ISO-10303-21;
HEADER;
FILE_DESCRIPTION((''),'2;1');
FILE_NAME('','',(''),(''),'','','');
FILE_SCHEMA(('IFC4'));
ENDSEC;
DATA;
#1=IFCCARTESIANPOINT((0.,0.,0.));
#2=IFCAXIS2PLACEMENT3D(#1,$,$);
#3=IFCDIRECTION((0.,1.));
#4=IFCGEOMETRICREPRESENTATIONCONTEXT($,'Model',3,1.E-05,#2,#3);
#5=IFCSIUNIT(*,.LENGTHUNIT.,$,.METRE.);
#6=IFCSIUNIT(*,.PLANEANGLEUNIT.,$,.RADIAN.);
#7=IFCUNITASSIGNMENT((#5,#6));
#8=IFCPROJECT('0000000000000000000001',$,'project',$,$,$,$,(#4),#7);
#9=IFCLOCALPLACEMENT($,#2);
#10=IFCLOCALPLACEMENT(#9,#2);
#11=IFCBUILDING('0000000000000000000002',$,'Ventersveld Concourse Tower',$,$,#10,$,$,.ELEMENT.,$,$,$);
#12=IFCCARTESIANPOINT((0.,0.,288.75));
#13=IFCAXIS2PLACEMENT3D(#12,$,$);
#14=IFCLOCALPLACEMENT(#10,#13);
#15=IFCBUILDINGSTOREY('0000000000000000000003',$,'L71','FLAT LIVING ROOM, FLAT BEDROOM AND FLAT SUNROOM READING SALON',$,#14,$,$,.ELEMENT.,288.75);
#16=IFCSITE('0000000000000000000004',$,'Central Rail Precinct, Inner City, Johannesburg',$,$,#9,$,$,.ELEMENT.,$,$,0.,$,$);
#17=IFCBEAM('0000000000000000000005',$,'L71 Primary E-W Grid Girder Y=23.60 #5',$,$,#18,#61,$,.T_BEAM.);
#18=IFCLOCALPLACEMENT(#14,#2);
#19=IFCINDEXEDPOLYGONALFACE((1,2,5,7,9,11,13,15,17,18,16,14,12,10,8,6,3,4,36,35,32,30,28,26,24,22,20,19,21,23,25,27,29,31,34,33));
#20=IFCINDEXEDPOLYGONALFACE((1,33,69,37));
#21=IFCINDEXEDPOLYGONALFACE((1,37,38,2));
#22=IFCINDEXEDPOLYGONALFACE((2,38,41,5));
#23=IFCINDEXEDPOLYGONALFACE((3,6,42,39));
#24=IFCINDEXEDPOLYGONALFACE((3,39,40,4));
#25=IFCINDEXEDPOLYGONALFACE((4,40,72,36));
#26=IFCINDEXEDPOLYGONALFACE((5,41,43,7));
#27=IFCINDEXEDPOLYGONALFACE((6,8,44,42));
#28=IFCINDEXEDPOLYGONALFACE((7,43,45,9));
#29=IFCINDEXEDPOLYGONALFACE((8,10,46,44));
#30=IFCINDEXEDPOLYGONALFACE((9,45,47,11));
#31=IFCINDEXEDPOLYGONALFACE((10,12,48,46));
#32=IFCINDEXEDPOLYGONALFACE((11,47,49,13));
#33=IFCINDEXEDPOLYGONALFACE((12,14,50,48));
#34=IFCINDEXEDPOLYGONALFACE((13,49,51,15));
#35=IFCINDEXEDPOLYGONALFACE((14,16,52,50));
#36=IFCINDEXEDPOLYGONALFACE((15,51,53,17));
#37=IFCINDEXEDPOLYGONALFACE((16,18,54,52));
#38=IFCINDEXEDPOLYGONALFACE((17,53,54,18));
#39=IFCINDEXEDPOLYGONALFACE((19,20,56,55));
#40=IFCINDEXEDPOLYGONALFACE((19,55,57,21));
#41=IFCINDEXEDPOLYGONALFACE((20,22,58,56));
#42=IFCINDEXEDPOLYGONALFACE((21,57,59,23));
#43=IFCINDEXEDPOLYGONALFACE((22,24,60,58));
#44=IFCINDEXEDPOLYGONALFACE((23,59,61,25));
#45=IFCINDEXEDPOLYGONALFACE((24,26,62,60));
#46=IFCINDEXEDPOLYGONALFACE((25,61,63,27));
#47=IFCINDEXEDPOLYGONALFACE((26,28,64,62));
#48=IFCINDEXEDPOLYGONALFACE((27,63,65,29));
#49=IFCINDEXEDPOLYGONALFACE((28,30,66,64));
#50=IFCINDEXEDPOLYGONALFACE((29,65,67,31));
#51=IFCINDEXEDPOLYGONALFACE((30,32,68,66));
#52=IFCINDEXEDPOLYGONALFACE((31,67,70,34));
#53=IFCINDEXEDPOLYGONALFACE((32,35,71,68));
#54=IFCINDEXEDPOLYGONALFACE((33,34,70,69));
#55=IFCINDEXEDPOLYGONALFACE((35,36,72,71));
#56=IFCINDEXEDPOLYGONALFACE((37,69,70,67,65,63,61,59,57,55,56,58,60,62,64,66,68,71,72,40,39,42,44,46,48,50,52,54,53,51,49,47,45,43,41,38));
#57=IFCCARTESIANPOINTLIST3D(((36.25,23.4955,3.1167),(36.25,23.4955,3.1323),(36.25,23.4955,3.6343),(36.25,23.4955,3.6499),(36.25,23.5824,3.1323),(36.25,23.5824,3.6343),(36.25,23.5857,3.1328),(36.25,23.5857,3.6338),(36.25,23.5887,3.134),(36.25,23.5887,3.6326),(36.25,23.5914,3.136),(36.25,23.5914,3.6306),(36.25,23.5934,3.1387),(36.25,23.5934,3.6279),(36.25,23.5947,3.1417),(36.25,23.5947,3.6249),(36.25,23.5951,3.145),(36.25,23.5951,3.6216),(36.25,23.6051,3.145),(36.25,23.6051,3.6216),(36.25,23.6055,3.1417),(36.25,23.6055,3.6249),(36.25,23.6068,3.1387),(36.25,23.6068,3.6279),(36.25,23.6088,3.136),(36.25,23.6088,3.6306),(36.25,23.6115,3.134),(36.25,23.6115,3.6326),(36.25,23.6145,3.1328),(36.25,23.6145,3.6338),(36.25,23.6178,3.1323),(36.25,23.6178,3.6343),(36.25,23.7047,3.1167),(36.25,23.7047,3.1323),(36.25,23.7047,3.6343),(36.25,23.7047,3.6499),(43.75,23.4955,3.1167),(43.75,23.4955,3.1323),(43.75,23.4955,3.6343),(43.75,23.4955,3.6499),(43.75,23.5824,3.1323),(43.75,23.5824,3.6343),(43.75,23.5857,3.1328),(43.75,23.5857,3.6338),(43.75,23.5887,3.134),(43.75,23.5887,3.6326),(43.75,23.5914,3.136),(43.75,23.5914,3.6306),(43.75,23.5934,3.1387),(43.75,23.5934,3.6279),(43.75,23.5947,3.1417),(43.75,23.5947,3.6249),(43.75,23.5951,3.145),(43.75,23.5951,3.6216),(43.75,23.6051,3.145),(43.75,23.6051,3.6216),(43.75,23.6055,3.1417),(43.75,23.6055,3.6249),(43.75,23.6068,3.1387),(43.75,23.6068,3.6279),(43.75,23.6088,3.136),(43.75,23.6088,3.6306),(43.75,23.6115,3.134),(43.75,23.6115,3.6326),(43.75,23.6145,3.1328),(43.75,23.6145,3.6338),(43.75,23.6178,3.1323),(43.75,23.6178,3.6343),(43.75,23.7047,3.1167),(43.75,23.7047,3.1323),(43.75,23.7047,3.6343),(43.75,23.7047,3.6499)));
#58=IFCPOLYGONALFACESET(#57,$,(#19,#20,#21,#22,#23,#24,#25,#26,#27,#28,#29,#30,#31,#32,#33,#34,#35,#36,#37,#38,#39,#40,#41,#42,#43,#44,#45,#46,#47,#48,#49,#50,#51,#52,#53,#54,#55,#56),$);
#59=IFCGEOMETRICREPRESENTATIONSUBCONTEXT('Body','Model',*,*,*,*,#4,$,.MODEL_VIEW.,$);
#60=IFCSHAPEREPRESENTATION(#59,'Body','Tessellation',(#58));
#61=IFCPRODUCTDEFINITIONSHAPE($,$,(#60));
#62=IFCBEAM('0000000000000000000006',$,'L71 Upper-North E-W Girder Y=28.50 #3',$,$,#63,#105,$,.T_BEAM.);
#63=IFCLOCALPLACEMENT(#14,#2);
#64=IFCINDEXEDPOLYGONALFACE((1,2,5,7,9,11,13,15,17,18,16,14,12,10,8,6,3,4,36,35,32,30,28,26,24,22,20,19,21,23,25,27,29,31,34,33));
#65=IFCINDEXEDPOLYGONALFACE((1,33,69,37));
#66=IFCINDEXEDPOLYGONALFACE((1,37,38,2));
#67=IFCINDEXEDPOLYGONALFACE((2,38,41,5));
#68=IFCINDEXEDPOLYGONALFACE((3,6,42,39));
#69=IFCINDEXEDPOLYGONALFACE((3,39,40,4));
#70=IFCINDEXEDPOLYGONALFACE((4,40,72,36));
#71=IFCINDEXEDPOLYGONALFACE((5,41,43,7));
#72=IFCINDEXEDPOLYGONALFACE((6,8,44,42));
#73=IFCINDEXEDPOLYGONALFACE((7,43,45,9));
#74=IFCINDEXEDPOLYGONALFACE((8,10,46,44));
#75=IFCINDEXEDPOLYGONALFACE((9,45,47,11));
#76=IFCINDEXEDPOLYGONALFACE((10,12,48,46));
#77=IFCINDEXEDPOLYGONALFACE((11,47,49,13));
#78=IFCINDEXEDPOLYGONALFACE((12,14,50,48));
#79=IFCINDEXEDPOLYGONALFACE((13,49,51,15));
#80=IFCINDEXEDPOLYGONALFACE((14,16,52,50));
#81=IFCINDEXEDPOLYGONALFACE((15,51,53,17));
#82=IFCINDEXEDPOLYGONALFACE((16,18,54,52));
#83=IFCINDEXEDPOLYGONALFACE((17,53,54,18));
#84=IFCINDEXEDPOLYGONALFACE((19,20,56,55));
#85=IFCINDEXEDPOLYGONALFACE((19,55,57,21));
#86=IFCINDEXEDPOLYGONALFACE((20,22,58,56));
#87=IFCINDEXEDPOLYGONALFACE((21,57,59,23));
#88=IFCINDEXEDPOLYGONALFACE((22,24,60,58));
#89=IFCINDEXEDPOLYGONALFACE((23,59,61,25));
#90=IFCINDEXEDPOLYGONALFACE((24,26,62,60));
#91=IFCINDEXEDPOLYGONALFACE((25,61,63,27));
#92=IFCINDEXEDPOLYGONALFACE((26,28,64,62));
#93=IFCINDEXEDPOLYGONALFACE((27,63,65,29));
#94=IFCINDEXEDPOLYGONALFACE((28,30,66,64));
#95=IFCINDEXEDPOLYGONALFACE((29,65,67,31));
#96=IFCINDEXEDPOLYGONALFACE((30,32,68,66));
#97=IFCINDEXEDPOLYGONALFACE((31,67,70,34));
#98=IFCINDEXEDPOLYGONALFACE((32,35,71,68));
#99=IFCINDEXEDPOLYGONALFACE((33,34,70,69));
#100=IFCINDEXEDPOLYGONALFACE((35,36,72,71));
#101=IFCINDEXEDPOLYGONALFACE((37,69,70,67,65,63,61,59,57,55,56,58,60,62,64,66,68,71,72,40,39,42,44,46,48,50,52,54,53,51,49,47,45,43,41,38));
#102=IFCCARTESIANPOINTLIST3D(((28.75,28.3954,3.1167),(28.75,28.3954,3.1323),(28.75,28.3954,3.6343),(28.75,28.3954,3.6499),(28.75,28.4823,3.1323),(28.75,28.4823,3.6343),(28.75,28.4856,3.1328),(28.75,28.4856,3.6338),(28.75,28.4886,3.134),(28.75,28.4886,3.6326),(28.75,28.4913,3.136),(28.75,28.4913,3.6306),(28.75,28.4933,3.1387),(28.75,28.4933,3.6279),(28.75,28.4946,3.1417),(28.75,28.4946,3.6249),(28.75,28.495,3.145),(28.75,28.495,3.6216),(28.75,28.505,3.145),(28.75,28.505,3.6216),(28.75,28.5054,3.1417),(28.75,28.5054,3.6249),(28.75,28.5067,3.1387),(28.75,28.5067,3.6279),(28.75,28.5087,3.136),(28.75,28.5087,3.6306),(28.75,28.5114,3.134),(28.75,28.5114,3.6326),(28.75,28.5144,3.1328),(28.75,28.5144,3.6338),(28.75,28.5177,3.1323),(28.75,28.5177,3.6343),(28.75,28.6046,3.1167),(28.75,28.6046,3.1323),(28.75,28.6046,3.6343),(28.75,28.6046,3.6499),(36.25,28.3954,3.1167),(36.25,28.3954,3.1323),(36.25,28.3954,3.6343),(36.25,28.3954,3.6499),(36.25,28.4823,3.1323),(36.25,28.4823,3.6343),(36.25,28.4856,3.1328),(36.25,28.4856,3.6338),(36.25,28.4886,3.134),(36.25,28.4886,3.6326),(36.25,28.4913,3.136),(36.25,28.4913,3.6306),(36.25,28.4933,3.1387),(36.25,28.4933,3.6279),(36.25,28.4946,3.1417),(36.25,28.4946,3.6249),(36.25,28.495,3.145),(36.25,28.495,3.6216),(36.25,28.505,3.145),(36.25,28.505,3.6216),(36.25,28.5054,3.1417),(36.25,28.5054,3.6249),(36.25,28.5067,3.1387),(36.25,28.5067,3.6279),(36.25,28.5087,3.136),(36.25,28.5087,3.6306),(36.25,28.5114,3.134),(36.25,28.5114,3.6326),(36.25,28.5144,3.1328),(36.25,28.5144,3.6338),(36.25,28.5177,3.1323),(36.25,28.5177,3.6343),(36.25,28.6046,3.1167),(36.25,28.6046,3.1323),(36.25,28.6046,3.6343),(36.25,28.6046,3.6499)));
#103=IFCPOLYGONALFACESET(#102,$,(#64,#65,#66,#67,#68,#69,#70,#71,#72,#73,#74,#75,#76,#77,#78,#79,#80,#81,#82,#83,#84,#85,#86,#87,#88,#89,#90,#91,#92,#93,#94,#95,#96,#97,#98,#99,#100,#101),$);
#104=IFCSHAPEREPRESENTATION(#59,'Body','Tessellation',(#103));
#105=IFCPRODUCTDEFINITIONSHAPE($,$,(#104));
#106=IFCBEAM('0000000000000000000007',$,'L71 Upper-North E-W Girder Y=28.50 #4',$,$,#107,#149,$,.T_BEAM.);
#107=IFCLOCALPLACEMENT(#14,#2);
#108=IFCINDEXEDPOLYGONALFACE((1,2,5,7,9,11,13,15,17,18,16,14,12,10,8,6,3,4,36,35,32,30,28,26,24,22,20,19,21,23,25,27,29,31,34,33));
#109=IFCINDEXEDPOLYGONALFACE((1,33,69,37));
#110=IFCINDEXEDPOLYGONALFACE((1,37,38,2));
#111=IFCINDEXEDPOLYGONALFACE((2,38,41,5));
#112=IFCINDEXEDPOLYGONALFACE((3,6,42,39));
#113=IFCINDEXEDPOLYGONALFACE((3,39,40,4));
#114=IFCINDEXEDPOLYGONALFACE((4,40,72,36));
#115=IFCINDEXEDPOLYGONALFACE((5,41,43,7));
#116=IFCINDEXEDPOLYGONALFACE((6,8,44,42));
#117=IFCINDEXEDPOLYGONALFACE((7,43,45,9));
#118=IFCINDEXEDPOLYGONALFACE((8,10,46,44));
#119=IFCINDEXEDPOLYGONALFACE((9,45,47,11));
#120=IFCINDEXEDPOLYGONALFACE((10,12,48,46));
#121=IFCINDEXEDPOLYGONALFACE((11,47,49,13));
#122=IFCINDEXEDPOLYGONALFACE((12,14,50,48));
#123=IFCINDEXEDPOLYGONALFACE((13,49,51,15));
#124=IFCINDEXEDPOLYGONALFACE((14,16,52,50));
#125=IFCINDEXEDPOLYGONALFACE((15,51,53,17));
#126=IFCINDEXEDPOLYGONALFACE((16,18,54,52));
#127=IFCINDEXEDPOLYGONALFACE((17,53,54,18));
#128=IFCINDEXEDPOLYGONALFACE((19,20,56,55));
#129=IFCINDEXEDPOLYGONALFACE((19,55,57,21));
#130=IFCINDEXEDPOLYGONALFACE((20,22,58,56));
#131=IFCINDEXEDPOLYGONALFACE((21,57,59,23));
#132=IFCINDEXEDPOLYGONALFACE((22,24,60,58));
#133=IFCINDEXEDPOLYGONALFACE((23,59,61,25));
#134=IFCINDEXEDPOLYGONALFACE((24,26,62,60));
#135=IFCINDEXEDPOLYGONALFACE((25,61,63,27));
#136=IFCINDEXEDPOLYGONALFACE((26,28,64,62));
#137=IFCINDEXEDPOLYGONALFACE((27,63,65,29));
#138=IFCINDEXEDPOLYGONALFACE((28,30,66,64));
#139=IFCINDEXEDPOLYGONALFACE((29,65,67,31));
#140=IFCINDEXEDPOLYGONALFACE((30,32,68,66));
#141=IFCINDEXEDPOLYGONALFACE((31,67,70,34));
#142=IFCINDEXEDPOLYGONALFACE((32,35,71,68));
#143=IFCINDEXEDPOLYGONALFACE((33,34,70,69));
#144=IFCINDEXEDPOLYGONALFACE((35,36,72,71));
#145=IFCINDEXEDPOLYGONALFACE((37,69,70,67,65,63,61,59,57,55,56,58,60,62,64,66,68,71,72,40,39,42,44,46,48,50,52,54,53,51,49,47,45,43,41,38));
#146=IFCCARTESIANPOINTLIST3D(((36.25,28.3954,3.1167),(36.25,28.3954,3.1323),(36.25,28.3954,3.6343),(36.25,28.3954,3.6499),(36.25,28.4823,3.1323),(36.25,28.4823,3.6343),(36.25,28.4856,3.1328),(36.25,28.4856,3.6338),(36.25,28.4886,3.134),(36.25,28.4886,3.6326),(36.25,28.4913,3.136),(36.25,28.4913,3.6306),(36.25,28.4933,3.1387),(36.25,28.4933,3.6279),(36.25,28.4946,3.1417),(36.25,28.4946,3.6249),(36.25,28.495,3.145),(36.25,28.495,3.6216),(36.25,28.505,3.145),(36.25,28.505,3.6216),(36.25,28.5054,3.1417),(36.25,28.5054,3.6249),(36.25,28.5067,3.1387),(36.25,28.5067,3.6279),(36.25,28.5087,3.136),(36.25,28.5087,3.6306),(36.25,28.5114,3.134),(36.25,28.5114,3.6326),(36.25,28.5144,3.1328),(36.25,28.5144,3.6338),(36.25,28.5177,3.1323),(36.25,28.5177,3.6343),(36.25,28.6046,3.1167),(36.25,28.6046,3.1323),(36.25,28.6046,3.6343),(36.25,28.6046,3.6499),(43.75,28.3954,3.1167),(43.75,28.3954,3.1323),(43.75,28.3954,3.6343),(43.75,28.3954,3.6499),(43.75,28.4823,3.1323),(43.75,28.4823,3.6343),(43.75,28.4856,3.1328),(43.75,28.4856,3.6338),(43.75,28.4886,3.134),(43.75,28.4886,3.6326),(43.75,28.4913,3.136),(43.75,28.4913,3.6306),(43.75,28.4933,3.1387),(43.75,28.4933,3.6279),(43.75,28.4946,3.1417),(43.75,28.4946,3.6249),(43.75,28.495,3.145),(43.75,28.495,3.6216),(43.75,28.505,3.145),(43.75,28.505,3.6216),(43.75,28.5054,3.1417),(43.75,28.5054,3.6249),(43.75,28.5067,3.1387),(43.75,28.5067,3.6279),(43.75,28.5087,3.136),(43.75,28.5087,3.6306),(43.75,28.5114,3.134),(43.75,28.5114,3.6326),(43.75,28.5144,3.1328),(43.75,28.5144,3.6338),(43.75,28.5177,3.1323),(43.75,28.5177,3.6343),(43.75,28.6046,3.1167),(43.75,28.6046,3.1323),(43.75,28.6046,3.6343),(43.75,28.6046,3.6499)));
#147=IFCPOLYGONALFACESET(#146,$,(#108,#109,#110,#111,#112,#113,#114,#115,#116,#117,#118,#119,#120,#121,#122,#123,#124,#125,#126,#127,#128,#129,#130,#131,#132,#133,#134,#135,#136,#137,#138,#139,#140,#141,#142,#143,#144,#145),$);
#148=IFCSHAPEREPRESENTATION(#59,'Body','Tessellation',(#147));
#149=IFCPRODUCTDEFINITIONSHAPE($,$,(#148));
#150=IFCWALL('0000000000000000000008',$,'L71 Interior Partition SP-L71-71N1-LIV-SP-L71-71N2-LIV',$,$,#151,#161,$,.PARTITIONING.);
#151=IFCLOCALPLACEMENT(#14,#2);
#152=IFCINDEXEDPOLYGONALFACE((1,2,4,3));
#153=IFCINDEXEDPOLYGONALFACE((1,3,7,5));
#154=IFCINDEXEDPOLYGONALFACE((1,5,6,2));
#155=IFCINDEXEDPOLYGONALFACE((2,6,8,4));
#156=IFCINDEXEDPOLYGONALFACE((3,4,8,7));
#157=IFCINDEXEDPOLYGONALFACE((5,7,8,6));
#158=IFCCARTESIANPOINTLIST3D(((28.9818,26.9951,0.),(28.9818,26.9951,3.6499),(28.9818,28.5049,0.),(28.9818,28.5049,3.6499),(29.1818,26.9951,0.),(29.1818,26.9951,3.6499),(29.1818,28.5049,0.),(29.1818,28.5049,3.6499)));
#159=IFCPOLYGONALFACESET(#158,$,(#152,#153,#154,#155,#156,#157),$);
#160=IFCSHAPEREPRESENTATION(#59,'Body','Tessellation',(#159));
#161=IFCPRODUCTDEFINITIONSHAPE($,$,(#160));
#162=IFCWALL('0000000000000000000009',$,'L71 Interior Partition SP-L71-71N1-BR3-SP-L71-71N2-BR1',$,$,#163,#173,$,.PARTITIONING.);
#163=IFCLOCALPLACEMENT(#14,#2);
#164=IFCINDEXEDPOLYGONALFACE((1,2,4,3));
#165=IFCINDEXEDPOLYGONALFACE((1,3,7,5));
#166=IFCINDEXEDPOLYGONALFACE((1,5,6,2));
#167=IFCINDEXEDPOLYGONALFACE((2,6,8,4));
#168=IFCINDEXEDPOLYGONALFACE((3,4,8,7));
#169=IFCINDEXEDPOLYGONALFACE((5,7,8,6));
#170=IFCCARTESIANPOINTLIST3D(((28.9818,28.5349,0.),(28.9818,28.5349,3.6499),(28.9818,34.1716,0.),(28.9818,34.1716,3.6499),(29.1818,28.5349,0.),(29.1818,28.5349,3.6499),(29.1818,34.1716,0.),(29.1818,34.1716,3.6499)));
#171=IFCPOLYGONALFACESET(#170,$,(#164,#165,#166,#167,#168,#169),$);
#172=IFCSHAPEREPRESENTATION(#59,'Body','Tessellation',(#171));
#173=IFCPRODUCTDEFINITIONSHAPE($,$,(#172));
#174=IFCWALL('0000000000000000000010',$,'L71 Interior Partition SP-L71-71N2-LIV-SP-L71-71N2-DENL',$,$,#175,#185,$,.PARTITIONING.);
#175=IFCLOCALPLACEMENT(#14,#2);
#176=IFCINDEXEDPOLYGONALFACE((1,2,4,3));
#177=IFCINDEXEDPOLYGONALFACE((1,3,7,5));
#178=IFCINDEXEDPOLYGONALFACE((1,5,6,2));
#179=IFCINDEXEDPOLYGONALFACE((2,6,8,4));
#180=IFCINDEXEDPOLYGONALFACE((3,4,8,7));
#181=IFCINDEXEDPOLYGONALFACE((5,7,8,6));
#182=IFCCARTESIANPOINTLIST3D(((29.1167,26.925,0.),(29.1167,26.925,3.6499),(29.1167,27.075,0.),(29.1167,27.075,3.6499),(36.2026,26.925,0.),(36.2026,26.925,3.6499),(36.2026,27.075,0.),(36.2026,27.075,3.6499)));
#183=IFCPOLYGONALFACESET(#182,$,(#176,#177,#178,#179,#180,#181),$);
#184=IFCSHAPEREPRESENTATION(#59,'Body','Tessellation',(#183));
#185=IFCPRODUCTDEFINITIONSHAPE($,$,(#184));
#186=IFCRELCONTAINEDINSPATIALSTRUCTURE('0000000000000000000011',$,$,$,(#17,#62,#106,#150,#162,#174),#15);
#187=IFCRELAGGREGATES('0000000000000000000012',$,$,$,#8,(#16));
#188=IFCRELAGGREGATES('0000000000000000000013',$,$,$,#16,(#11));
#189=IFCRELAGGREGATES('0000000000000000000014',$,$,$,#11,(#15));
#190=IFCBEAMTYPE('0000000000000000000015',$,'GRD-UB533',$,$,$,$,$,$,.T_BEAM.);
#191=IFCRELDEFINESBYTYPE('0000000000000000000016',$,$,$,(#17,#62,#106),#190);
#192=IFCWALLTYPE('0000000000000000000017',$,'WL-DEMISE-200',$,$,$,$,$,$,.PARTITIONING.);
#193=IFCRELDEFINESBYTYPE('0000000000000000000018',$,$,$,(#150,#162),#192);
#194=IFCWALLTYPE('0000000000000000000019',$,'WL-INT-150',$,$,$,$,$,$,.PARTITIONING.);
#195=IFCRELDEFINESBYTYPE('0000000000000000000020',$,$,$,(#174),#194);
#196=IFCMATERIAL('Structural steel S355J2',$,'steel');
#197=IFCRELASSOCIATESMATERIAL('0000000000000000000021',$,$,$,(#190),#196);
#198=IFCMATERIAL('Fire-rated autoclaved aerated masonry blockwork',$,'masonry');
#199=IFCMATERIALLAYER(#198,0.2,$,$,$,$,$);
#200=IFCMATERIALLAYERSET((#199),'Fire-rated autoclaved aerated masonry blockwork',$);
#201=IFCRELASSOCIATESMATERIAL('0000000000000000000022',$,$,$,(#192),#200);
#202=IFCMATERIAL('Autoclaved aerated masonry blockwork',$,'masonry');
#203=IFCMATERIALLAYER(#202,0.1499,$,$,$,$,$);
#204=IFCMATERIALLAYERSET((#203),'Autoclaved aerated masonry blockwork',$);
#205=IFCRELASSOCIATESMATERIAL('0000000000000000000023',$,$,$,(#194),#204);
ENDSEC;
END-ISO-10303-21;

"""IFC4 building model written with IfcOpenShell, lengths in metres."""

from ifc_helpers import new_model, si_unit, direction, frame, frame_2d, origin, origin_2d, place, context, subcontext, project, spatial, rectangle, i_section, extrude, material, layer, layer_set, material_profile, profile_set, type_object, element, save


model = new_model("IFC4")

# Units and contexts
model_context = context("Model", 3, precision=1e-05, world=origin(), true_north=direction((0.0, 1.0)))
body_context = subcontext(model_context, "Body", "Model", "MODEL_VIEW")
ifc_project = project(units=[si_unit("LENGTHUNIT", "METRE"), si_unit("PLANEANGLEUNIT", "RADIAN")], contexts=[model_context])

# Site, building, storey
site_placement = place(None, origin())
site = spatial("IfcSite", under=ifc_project, at=site_placement, Name="Central Rail Precinct, Inner City, Johannesburg", CompositionType="ELEMENT", RefElevation=0.0)
building_placement = place(site_placement, origin())
building = spatial("IfcBuilding", under=site, at=building_placement, Name="Ventersveld Concourse Tower", CompositionType="ELEMENT")
storey_placement = place(building_placement, frame((0.0, 0.0, 288.75)))
storey = spatial("IfcBuildingStorey", under=building, at=storey_placement, Name="L71", Description="FLAT LIVING ROOM, FLAT BEDROOM AND FLAT SUNROOM READING SALON", CompositionType="ELEMENT", Elevation=288.75)

# Beams
ifc_material_1 = material(Name="Structural steel S355J2", Category="steel")
ifc_material_profile_1 = material_profile(ifc_material_1, i_section(OverallWidth=0.2092, OverallDepth=0.5332, WebThickness=0.01, FlangeThickness=0.0156, FilletRadius=0.0127, at=origin_2d()), Name="UB 533x210x92")
ifc_profile_set_1 = profile_set([ifc_material_profile_1], Name="Structural steel S355J2")
beam_type_1 = type_object("IfcBeamType", Name="GRD-UB533", PredefinedType="T_BEAM", material=ifc_profile_set_1)
for number, where, z_axis, x_axis, name in (
    (1, (36.25, 23.6001, 3.3833), (1.0, 0.0, 0.0), (0.0, 1.0, 0.0), "L71 Primary E-W Grid Girder Y=23.60 #5"),
    (2, (28.75, 28.5, 3.3833), (1.0, 0.0, 0.0), (0.0, 1.0, 0.0), "L71 Upper-North E-W Girder Y=28.50 #3"),
    (3, (36.25, 28.5, 3.3833), (1.0, 0.0, 0.0), (0.0, 1.0, 0.0), "L71 Upper-North E-W Girder Y=28.50 #4"),
):
    element("IfcBeam", number, at=place(storey_placement, frame(where, z_axis=z_axis, x_axis=x_axis)), inside=storey, type_object=beam_type_1, Name=name, PredefinedType="T_BEAM", context=body_context, shape_type="SweptSolid", body=[
        extrude(i_section(OverallWidth=0.2092, OverallDepth=0.5332, WebThickness=0.01, FlangeThickness=0.0156, FilletRadius=0.0127, at=origin_2d()), origin(), (0.0, 0.0, 1.0), 7.5),
    ])

# Walls
ifc_material_2 = material(Name="Fire-rated autoclaved aerated masonry blockwork", Category="masonry")
ifc_layer_1 = layer(ifc_material_2, 0.2)
ifc_layer_set_1 = layer_set([ifc_layer_1], Name="Fire-rated autoclaved aerated masonry blockwork")
wall_type_1 = type_object("IfcWallType", Name="WL-DEMISE-200", PredefinedType="PARTITIONING", material=ifc_layer_set_1)
wall_1_placement = place(storey_placement, frame((29.0818, 26.9951, 0.0), z_axis=(0.0, 0.0, 1.0), x_axis=(0.0, 1.0, 0.0)))
element("IfcWall", 4, at=wall_1_placement, inside=storey, type_object=wall_type_1, Name="L71 Interior Partition SP-L71-71N1-LIV-SP-L71-71N2-LIV", PredefinedType="PARTITIONING", context=body_context, shape_type="SweptSolid", body=[
    extrude(rectangle(XDim=1.5098, YDim=0.2, at=frame_2d((0.7549, 0.0))), origin(), (0.0, 0.0, 1.0), 3.6499),
])
wall_2_placement = place(storey_placement, frame((29.0818, 28.5349, 0.0), z_axis=(0.0, 0.0, 1.0), x_axis=(0.0, 1.0, 0.0)))
element("IfcWall", 5, at=wall_2_placement, inside=storey, type_object=wall_type_1, Name="L71 Interior Partition SP-L71-71N1-BR3-SP-L71-71N2-BR1", PredefinedType="PARTITIONING", context=body_context, shape_type="SweptSolid", body=[
    extrude(rectangle(XDim=5.6367, YDim=0.2, at=frame_2d((2.8184, 0.0))), origin(), (0.0, 0.0, 1.0), 3.6499),
])
ifc_material_3 = material(Name="Autoclaved aerated masonry blockwork", Category="masonry")
ifc_layer_2 = layer(ifc_material_3, 0.1499)
ifc_layer_set_2 = layer_set([ifc_layer_2], Name="Autoclaved aerated masonry blockwork")
wall_type_2 = type_object("IfcWallType", Name="WL-INT-150", PredefinedType="PARTITIONING", material=ifc_layer_set_2)
wall_3_placement = place(storey_placement, frame((29.1167, 27.0, 0.0), z_axis=(0.0, 0.0, 1.0), x_axis=(1.0, 0.0, 0.0)))
element("IfcWall", 6, at=wall_3_placement, inside=storey, type_object=wall_type_2, Name="L71 Interior Partition SP-L71-71N2-LIV-SP-L71-71N2-DENL", PredefinedType="PARTITIONING", context=body_context, shape_type="SweptSolid", body=[
    extrude(rectangle(XDim=7.0859, YDim=0.1499, at=frame_2d((3.543, 0.0))), origin(), (0.0, 0.0, 1.0), 3.6499),
])

save(model, "model.ifc")
